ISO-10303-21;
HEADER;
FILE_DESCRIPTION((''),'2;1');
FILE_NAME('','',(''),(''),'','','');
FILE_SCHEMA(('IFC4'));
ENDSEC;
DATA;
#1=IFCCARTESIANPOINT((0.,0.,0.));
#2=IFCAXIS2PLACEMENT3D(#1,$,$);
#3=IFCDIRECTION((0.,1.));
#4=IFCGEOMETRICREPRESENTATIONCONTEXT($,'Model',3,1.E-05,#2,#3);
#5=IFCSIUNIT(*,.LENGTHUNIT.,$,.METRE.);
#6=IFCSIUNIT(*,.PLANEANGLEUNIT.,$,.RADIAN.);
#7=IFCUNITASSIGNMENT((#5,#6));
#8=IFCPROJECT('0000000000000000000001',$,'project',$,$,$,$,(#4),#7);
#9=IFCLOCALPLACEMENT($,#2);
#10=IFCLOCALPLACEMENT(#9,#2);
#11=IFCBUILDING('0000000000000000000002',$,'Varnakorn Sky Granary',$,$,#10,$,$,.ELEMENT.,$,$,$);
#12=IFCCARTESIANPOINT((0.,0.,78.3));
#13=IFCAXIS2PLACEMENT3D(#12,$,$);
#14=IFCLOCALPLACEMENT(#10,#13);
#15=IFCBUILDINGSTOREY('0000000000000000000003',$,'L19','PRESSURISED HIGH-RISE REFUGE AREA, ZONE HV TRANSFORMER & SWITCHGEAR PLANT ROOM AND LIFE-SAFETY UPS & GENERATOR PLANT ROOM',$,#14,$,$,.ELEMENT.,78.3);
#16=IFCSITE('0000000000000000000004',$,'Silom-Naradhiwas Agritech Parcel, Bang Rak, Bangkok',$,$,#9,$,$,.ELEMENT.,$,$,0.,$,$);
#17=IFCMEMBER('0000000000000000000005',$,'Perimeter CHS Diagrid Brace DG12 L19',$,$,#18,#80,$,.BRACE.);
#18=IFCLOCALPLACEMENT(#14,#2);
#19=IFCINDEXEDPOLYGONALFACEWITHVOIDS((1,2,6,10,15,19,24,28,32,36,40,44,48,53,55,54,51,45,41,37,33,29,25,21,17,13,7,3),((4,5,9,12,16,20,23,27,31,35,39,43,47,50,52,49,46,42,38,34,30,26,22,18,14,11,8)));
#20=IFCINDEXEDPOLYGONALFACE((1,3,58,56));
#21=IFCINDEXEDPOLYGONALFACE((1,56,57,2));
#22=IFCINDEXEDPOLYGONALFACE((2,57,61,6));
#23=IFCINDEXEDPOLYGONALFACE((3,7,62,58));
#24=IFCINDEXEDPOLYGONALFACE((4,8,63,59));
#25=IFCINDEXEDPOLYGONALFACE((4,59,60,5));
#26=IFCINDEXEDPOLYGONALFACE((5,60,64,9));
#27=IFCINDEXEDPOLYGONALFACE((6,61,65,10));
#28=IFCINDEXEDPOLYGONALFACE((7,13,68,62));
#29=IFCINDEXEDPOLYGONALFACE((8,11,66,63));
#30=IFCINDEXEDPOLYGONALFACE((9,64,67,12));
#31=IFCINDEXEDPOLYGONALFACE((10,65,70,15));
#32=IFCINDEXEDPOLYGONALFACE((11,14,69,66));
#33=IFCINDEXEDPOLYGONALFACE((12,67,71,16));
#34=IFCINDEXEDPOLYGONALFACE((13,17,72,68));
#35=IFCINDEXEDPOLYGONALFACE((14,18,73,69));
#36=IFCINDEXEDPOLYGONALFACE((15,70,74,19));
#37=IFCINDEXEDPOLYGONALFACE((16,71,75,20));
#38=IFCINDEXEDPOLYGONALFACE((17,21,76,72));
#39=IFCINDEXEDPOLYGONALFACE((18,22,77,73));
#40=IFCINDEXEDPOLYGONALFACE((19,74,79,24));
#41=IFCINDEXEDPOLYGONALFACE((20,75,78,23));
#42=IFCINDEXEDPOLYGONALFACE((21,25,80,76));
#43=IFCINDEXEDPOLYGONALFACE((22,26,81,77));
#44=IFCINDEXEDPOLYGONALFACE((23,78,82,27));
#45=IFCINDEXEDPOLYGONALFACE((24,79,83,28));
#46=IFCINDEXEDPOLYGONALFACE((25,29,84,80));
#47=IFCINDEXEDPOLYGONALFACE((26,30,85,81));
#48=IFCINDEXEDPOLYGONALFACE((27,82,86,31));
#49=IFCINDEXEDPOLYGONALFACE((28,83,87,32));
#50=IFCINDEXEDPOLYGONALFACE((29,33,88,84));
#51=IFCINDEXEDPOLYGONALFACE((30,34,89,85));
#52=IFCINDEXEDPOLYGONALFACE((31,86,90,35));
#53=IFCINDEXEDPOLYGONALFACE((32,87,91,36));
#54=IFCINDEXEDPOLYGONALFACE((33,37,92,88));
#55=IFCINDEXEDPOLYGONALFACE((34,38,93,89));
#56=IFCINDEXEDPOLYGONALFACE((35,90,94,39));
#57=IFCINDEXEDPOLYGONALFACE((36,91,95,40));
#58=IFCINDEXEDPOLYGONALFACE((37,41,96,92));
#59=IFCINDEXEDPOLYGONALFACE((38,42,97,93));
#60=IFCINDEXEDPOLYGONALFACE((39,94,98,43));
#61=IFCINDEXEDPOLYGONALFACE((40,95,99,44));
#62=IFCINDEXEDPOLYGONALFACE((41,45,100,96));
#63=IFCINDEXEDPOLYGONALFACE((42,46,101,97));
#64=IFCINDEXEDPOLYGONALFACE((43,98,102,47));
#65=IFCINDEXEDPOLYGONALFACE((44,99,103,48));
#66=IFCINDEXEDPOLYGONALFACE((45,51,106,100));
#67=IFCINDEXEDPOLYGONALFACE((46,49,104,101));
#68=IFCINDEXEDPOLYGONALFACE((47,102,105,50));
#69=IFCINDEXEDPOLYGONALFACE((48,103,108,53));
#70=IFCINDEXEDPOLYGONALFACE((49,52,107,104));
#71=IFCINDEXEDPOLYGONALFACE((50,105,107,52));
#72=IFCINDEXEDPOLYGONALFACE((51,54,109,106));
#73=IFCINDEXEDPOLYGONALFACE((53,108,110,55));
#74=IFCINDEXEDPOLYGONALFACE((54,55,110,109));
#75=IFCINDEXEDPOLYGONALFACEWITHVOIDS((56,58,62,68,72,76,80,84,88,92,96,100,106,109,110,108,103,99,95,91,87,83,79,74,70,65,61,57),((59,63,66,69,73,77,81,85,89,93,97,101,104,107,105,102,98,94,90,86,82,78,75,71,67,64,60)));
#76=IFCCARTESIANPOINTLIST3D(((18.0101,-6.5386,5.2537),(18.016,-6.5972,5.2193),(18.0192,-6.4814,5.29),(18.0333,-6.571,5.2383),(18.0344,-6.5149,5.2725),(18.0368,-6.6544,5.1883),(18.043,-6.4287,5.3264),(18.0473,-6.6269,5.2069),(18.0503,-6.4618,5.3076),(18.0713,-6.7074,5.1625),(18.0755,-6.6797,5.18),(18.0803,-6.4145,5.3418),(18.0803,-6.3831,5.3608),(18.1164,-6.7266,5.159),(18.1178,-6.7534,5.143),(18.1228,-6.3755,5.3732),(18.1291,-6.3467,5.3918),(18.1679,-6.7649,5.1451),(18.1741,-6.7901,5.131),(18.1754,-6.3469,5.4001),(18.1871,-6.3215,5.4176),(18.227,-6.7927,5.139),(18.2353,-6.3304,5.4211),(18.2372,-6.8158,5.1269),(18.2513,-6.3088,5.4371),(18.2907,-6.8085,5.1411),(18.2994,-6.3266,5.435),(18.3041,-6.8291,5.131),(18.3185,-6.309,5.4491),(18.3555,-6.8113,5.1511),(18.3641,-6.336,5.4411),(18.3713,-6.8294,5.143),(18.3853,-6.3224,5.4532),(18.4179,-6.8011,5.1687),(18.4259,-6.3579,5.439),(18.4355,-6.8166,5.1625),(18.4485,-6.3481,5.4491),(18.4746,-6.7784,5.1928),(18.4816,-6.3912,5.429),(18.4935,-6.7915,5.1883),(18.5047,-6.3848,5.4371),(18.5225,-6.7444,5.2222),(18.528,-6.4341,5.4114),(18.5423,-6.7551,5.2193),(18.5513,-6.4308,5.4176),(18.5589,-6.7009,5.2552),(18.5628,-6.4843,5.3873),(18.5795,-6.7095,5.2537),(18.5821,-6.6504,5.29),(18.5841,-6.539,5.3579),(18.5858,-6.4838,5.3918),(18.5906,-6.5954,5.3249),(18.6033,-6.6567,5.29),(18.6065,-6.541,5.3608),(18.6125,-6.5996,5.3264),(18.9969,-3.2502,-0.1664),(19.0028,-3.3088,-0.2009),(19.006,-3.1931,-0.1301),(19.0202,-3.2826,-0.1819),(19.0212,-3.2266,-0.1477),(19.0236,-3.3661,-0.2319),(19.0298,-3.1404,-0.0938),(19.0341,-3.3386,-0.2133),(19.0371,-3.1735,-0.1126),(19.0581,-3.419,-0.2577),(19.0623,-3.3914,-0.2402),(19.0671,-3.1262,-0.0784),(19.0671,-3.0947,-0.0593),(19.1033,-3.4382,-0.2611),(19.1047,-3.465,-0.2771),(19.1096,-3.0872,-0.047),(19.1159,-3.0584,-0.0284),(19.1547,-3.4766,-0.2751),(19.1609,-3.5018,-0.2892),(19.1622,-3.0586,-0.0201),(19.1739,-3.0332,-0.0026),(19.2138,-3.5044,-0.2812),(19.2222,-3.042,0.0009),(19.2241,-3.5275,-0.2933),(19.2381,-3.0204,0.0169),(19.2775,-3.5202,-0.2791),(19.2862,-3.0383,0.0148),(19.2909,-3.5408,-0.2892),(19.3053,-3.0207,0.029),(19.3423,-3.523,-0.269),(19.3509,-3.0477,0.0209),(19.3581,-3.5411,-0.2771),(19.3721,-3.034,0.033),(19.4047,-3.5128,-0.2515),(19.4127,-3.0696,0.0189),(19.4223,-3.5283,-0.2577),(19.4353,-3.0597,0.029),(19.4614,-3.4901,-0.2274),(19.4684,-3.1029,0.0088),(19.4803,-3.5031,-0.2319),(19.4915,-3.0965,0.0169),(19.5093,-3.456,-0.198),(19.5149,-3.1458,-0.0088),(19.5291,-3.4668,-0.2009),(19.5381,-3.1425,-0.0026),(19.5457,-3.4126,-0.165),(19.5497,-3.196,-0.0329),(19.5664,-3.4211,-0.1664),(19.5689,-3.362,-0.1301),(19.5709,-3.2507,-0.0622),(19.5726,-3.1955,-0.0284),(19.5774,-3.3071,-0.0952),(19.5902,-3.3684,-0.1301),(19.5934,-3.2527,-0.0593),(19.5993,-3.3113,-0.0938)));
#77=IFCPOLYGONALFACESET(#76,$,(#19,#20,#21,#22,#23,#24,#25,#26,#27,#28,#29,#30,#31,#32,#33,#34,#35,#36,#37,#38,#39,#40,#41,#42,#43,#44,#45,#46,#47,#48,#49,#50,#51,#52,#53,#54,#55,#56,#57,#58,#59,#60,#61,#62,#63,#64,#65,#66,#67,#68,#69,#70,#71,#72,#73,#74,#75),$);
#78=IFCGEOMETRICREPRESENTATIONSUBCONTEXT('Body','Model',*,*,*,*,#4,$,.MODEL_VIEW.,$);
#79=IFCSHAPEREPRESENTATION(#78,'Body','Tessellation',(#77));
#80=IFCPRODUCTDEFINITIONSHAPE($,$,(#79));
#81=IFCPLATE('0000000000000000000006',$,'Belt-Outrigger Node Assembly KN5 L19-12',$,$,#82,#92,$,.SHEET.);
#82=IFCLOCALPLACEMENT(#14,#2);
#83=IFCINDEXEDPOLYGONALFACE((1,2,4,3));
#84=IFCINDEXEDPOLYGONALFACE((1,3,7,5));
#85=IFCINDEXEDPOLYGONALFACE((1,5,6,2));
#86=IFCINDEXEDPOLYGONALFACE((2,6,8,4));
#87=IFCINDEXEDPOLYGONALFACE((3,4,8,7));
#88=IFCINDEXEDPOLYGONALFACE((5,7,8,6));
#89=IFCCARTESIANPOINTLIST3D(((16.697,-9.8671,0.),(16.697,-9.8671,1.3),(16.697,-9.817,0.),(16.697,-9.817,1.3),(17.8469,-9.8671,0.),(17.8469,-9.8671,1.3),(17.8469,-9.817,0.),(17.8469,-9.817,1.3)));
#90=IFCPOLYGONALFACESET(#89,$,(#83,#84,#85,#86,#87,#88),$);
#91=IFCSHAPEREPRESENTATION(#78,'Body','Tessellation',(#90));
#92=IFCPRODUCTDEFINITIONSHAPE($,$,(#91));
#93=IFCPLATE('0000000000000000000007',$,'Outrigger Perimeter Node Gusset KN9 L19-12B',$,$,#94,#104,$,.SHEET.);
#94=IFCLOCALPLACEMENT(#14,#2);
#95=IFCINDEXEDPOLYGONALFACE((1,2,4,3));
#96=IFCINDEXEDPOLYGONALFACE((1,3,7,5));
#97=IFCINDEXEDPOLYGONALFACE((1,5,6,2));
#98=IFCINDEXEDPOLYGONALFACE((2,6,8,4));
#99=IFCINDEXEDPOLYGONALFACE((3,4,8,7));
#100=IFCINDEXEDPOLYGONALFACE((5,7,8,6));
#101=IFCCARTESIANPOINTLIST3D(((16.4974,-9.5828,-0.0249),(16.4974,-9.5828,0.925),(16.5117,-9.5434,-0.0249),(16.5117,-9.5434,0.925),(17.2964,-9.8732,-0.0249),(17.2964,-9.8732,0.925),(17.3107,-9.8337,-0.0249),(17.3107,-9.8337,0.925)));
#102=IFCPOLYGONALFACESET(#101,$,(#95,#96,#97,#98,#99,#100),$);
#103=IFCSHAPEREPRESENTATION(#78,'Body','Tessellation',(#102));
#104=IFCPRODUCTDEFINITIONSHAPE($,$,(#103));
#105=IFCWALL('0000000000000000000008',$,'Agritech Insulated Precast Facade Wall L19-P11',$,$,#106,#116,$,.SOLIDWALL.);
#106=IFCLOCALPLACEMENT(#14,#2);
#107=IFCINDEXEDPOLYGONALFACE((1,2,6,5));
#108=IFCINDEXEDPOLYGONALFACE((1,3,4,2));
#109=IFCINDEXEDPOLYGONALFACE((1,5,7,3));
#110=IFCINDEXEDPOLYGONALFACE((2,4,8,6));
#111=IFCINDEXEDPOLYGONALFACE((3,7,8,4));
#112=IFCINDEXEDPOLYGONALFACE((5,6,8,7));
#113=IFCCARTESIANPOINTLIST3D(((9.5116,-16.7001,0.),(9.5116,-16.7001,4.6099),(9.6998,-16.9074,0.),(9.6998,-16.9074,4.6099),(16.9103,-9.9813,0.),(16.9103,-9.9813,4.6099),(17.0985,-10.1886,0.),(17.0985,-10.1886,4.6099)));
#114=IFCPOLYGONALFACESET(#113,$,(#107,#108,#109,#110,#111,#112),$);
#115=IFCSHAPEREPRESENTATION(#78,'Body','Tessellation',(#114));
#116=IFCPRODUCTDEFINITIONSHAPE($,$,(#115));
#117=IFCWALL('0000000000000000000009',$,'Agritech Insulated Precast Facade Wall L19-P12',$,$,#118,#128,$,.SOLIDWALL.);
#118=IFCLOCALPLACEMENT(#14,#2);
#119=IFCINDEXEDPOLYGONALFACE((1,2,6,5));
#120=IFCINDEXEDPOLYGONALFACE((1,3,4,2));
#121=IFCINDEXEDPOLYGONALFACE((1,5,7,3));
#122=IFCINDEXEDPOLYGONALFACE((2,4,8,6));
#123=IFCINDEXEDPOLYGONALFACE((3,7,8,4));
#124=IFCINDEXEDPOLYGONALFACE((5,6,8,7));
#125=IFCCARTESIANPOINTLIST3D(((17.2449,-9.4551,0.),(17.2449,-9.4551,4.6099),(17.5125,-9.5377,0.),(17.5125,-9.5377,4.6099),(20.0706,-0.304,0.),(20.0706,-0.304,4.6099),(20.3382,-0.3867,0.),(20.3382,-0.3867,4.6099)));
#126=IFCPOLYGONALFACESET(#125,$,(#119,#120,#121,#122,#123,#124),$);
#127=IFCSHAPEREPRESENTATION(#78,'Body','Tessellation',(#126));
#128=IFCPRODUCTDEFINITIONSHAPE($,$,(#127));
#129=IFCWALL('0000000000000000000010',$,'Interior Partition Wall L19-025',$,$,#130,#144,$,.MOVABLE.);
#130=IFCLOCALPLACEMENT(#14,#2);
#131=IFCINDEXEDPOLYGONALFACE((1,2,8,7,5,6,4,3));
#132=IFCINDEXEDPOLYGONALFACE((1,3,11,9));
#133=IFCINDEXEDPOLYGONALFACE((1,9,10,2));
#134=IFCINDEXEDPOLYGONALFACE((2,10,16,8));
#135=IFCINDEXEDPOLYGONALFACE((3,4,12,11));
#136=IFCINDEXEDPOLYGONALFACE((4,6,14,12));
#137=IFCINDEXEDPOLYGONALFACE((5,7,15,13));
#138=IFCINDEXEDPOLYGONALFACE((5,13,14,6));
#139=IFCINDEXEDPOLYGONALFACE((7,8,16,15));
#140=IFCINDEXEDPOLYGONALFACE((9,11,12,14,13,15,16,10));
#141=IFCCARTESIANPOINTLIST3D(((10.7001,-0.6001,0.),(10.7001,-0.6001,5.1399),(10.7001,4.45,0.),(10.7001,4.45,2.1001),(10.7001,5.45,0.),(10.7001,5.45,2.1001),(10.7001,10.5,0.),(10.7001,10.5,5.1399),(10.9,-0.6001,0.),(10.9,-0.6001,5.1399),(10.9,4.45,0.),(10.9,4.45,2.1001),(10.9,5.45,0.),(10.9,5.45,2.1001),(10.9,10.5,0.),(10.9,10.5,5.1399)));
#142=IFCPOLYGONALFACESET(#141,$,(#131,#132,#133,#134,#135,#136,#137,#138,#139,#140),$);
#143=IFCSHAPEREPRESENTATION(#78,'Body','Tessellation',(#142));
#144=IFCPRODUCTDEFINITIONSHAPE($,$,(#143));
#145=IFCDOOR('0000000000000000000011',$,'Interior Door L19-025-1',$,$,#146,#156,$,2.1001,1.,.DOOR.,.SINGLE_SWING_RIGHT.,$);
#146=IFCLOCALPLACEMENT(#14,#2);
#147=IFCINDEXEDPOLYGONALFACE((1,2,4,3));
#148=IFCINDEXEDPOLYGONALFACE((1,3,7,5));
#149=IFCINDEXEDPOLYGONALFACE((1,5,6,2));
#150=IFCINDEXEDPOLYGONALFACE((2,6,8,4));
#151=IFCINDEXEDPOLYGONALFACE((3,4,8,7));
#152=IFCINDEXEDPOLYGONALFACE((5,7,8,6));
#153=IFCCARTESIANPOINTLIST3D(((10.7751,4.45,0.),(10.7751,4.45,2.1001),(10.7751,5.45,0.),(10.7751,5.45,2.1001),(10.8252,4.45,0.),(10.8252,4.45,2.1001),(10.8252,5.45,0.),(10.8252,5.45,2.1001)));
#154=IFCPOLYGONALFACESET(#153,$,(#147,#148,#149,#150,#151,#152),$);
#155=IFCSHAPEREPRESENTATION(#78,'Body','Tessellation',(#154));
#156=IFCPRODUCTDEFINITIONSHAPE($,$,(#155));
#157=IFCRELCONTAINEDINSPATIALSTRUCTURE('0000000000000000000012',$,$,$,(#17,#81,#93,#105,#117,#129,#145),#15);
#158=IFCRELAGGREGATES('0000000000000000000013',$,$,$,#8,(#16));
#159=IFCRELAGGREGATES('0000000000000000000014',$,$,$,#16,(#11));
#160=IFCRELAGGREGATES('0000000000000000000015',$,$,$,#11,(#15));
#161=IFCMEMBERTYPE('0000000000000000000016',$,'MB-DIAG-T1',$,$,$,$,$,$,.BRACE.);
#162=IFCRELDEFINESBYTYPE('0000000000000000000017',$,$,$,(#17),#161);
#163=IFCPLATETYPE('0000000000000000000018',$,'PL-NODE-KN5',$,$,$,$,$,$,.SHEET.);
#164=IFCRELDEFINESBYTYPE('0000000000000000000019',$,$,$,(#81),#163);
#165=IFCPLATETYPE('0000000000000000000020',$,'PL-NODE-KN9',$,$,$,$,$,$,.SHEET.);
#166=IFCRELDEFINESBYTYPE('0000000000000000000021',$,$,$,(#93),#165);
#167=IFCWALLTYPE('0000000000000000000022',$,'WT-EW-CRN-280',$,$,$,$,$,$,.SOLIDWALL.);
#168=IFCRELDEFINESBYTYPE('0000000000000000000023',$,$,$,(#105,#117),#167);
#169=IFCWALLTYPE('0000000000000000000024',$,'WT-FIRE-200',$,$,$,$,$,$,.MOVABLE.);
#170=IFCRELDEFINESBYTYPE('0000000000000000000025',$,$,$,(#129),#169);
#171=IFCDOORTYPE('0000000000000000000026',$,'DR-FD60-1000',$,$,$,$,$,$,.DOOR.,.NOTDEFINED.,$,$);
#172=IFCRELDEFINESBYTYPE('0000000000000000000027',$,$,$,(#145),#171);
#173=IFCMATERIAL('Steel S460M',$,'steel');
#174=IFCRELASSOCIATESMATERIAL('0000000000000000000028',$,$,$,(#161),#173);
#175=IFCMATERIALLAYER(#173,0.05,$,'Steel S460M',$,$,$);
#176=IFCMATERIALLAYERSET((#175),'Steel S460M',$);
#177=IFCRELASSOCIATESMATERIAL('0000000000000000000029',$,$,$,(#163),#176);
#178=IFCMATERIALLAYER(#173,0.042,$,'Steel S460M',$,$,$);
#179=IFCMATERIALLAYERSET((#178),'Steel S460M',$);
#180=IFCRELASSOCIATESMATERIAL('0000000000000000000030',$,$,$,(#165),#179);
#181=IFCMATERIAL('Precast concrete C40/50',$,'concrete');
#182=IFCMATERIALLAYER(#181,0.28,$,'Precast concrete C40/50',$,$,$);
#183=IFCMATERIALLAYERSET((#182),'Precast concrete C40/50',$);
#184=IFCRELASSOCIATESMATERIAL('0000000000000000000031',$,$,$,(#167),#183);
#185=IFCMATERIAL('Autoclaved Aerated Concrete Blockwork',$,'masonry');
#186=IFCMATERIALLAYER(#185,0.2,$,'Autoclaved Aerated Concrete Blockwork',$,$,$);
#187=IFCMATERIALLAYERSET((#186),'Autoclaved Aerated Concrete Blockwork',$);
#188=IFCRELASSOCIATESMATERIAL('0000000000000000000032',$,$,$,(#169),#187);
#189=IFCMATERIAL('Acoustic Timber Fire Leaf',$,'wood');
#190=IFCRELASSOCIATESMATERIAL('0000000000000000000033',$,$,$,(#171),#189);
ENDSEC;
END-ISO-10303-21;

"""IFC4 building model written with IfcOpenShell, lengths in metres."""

from ifc_helpers import new_model, si_unit, direction, frame, frame_2d, origin, origin_2d, place, context, subcontext, project, spatial, rectangle, hollow_circle, extrude, material, layer, layer_set, material_profile, profile_set, type_object, element, fill, save


model = new_model("IFC4")

# Units and contexts
model_context = context("Model", 3, precision=1e-05, world=origin(), true_north=direction((0.0, 1.0)))
body_context = subcontext(model_context, "Body", "Model", "MODEL_VIEW")
ifc_project = project(units=[si_unit("LENGTHUNIT", "METRE"), si_unit("PLANEANGLEUNIT", "RADIAN")], contexts=[model_context])

# Site, building, storey
site_placement = place(None, origin())
site = spatial("IfcSite", under=ifc_project, at=site_placement, Name="Silom-Naradhiwas Agritech Parcel, Bang Rak, Bangkok", CompositionType="ELEMENT", RefElevation=0.0)
building_placement = place(site_placement, origin())
building = spatial("IfcBuilding", under=site, at=building_placement, Name="Varnakorn Sky Granary", CompositionType="ELEMENT")
storey_placement = place(building_placement, frame((0.0, 0.0, 78.3)))
storey = spatial("IfcBuildingStorey", under=building, at=storey_placement, Name="L19", Description="PRESSURISED HIGH-RISE REFUGE AREA, ZONE HV TRANSFORMER & SWITCHGEAR PLANT ROOM AND LIFE-SAFETY UPS & GENERATOR PLANT ROOM", CompositionType="ELEMENT", Elevation=78.3)

# Shared definitions
ifc_material_1 = material(Name="Steel S460M", Category="steel")

# Member
ifc_material_profile_1 = material_profile(ifc_material_1, hollow_circle(Radius=0.3049, WallThickness=0.0222, at=origin_2d()), Name="CHS 610x22")
ifc_profile_set_1 = profile_set([ifc_material_profile_1], Name="Steel S460M")
member_type_1 = type_object("IfcMemberType", Name="MB-DIAG-T1", PredefinedType="BRACE", material=ifc_profile_set_1)
member_1_placement = place(storey_placement, frame((19.2981, -3.2808, -0.1301), z_axis=(-0.153805, -0.51252, 0.844788), x_axis=(0.957801, -0.287433, 0.0)))
element("IfcMember", 1, at=member_1_placement, inside=storey, type_object=member_type_1, Name="Perimeter CHS Diagrid Brace DG12 L19", PredefinedType="BRACE", context=body_context, shape_type="SweptSolid", body=[
    extrude(hollow_circle(Radius=0.3049, WallThickness=0.0222, at=origin_2d()), origin(), (0.0, 0.0, 1.0), 6.416),
])

# Plates
ifc_layer_1 = layer(ifc_material_1, 0.05, Name="Steel S460M")
ifc_layer_set_1 = layer_set([ifc_layer_1], Name="Steel S460M")
plate_type_1 = type_object("IfcPlateType", Name="PL-NODE-KN5", PredefinedType="SHEET", material=ifc_layer_set_1)
plate_1_placement = place(storey_placement, frame((17.272, -9.842, 0.0), z_axis=(0.0, 0.0, 1.0), x_axis=(1.0, 0.0, 0.0)))
element("IfcPlate", 2, at=plate_1_placement, inside=storey, type_object=plate_type_1, Name="Belt-Outrigger Node Assembly KN5 L19-12", PredefinedType="SHEET", context=body_context, shape_type="SweptSolid", body=[
    extrude(rectangle(XDim=1.1499, YDim=0.05, at=origin_2d()), origin(), (0.0, 0.0, 1.0), 1.3),
])
ifc_layer_2 = layer(ifc_material_1, 0.042, Name="Steel S460M")
ifc_layer_set_2 = layer_set([ifc_layer_2], Name="Steel S460M")
plate_type_2 = type_object("IfcPlateType", Name="PL-NODE-KN9", PredefinedType="SHEET", material=ifc_layer_set_2)
plate_2_placement = place(storey_placement, frame((16.9041, -9.7083, -0.0249), z_axis=(0.0, 0.0, 1.0), x_axis=(0.939872, -0.341528, 0.0)))
element("IfcPlate", 3, at=plate_2_placement, inside=storey, type_object=plate_type_2, Name="Outrigger Perimeter Node Gusset KN9 L19-12B", PredefinedType="SHEET", context=body_context, shape_type="SweptSolid", body=[
    extrude(rectangle(XDim=0.8501, YDim=0.042, at=origin_2d()), origin(), (0.0, 0.0, 1.0), 0.95),
])

# Walls
ifc_material_2 = material(Name="Precast concrete C40/50", Category="concrete")
ifc_layer_3 = layer(ifc_material_2, 0.28, Name="Precast concrete C40/50")
ifc_layer_set_3 = layer_set([ifc_layer_3], Name="Precast concrete C40/50")
wall_type_1 = type_object("IfcWallType", Name="WT-EW-CRN-280", PredefinedType="SOLIDWALL", material=ifc_layer_set_3)
wall_1_placement = place(storey_placement, frame((17.0044, -10.085, 0.0), z_axis=(0.0, 0.0, 1.0), x_axis=(-0.740305, -0.672271, 0.0)))
element("IfcWall", 4, at=wall_1_placement, inside=storey, type_object=wall_type_1, Name="Agritech Insulated Precast Facade Wall L19-P11", PredefinedType="SOLIDWALL", context=body_context, shape_type="SweptSolid", body=[
    extrude(rectangle(XDim=9.9941, YDim=0.28, at=frame_2d((4.9971, 0.0))), origin(), (0.0, 0.0, 1.0), 4.6099),
])
wall_2_placement = place(storey_placement, frame((20.2043, -0.3455, 0.0), z_axis=(0.0, 0.0, 1.0), x_axis=(-0.295035, -0.955486, 0.0)))
element("IfcWall", 5, at=wall_2_placement, inside=storey, type_object=wall_type_1, Name="Agritech Insulated Precast Facade Wall L19-P12", PredefinedType="SOLIDWALL", context=body_context, shape_type="SweptSolid", body=[
    extrude(rectangle(XDim=9.5774, YDim=0.28, at=frame_2d((4.7886, 0.0))), origin(), (0.0, 0.0, 1.0), 4.6099),
])

# Wall, opening, door
ifc_material_3 = material(Name="Autoclaved Aerated Concrete Blockwork", Category="masonry")
ifc_layer_4 = layer(ifc_material_3, 0.2, Name="Autoclaved Aerated Concrete Blockwork")
ifc_layer_set_4 = layer_set([ifc_layer_4], Name="Autoclaved Aerated Concrete Blockwork")
wall_type_2 = type_object("IfcWallType", Name="WT-FIRE-200", PredefinedType="MOVABLE", material=ifc_layer_set_4)
wall_3_placement = place(storey_placement, frame((10.8, -0.6001, 0.0), z_axis=(0.0, 0.0, 1.0), x_axis=(0.0, 1.0, 0.0)))
wall_3 = element("IfcWall", 6, at=wall_3_placement, inside=storey, type_object=wall_type_2, Name="Interior Partition Wall L19-025", PredefinedType="MOVABLE", context=body_context, shape_type="SweptSolid", body=[
    extrude(rectangle(XDim=11.1001, YDim=0.2, at=frame_2d((5.55, 0.0))), origin(), (0.0, 0.0, 1.0), 5.1399),
])
opening_1_placement = place(wall_3_placement, frame((5.05, 0.0, 0.0)))
opening_1 = element("IfcOpeningElement", 7, at=opening_1_placement, cuts=wall_3, PredefinedType="OPENING", context=body_context, shape_type="SweptSolid", body=[
    extrude(rectangle(XDim=1.0, YDim=2.1001, at=frame_2d((0.5, 1.05))), frame((0.0, 0.1099, 0.0), z_axis=(0.0, -1.0, 0.0), x_axis=(1.0, 0.0, 0.0)), (0.0, 0.0, 1.0), 0.22),
])
ifc_material_4 = material(Name="Acoustic Timber Fire Leaf", Category="wood")
door_type_1 = type_object("IfcDoorType", Name="DR-FD60-1000", OperationType="NOTDEFINED", PredefinedType="DOOR", material=ifc_material_4)
door_1_placement = place(opening_1_placement, origin())
door_1 = element("IfcDoor", 8, at=door_1_placement, inside=storey, type_object=door_type_1, Name="Interior Door L19-025-1", OperationType="SINGLE_SWING_RIGHT", OverallHeight=2.1001, OverallWidth=1.0, PredefinedType="DOOR", context=body_context, shape_type="SweptSolid", body=[
    extrude(rectangle(XDim=1.0, YDim=2.1001, at=frame_2d((0.5, 1.05))), frame((0.0, 0.0249, 0.0), z_axis=(0.0, -1.0, 0.0), x_axis=(1.0, 0.0, 0.0)), (0.0, 0.0, 1.0), 0.05),
])
fill(opening_1, door_1)

save(model, "model.ifc")
